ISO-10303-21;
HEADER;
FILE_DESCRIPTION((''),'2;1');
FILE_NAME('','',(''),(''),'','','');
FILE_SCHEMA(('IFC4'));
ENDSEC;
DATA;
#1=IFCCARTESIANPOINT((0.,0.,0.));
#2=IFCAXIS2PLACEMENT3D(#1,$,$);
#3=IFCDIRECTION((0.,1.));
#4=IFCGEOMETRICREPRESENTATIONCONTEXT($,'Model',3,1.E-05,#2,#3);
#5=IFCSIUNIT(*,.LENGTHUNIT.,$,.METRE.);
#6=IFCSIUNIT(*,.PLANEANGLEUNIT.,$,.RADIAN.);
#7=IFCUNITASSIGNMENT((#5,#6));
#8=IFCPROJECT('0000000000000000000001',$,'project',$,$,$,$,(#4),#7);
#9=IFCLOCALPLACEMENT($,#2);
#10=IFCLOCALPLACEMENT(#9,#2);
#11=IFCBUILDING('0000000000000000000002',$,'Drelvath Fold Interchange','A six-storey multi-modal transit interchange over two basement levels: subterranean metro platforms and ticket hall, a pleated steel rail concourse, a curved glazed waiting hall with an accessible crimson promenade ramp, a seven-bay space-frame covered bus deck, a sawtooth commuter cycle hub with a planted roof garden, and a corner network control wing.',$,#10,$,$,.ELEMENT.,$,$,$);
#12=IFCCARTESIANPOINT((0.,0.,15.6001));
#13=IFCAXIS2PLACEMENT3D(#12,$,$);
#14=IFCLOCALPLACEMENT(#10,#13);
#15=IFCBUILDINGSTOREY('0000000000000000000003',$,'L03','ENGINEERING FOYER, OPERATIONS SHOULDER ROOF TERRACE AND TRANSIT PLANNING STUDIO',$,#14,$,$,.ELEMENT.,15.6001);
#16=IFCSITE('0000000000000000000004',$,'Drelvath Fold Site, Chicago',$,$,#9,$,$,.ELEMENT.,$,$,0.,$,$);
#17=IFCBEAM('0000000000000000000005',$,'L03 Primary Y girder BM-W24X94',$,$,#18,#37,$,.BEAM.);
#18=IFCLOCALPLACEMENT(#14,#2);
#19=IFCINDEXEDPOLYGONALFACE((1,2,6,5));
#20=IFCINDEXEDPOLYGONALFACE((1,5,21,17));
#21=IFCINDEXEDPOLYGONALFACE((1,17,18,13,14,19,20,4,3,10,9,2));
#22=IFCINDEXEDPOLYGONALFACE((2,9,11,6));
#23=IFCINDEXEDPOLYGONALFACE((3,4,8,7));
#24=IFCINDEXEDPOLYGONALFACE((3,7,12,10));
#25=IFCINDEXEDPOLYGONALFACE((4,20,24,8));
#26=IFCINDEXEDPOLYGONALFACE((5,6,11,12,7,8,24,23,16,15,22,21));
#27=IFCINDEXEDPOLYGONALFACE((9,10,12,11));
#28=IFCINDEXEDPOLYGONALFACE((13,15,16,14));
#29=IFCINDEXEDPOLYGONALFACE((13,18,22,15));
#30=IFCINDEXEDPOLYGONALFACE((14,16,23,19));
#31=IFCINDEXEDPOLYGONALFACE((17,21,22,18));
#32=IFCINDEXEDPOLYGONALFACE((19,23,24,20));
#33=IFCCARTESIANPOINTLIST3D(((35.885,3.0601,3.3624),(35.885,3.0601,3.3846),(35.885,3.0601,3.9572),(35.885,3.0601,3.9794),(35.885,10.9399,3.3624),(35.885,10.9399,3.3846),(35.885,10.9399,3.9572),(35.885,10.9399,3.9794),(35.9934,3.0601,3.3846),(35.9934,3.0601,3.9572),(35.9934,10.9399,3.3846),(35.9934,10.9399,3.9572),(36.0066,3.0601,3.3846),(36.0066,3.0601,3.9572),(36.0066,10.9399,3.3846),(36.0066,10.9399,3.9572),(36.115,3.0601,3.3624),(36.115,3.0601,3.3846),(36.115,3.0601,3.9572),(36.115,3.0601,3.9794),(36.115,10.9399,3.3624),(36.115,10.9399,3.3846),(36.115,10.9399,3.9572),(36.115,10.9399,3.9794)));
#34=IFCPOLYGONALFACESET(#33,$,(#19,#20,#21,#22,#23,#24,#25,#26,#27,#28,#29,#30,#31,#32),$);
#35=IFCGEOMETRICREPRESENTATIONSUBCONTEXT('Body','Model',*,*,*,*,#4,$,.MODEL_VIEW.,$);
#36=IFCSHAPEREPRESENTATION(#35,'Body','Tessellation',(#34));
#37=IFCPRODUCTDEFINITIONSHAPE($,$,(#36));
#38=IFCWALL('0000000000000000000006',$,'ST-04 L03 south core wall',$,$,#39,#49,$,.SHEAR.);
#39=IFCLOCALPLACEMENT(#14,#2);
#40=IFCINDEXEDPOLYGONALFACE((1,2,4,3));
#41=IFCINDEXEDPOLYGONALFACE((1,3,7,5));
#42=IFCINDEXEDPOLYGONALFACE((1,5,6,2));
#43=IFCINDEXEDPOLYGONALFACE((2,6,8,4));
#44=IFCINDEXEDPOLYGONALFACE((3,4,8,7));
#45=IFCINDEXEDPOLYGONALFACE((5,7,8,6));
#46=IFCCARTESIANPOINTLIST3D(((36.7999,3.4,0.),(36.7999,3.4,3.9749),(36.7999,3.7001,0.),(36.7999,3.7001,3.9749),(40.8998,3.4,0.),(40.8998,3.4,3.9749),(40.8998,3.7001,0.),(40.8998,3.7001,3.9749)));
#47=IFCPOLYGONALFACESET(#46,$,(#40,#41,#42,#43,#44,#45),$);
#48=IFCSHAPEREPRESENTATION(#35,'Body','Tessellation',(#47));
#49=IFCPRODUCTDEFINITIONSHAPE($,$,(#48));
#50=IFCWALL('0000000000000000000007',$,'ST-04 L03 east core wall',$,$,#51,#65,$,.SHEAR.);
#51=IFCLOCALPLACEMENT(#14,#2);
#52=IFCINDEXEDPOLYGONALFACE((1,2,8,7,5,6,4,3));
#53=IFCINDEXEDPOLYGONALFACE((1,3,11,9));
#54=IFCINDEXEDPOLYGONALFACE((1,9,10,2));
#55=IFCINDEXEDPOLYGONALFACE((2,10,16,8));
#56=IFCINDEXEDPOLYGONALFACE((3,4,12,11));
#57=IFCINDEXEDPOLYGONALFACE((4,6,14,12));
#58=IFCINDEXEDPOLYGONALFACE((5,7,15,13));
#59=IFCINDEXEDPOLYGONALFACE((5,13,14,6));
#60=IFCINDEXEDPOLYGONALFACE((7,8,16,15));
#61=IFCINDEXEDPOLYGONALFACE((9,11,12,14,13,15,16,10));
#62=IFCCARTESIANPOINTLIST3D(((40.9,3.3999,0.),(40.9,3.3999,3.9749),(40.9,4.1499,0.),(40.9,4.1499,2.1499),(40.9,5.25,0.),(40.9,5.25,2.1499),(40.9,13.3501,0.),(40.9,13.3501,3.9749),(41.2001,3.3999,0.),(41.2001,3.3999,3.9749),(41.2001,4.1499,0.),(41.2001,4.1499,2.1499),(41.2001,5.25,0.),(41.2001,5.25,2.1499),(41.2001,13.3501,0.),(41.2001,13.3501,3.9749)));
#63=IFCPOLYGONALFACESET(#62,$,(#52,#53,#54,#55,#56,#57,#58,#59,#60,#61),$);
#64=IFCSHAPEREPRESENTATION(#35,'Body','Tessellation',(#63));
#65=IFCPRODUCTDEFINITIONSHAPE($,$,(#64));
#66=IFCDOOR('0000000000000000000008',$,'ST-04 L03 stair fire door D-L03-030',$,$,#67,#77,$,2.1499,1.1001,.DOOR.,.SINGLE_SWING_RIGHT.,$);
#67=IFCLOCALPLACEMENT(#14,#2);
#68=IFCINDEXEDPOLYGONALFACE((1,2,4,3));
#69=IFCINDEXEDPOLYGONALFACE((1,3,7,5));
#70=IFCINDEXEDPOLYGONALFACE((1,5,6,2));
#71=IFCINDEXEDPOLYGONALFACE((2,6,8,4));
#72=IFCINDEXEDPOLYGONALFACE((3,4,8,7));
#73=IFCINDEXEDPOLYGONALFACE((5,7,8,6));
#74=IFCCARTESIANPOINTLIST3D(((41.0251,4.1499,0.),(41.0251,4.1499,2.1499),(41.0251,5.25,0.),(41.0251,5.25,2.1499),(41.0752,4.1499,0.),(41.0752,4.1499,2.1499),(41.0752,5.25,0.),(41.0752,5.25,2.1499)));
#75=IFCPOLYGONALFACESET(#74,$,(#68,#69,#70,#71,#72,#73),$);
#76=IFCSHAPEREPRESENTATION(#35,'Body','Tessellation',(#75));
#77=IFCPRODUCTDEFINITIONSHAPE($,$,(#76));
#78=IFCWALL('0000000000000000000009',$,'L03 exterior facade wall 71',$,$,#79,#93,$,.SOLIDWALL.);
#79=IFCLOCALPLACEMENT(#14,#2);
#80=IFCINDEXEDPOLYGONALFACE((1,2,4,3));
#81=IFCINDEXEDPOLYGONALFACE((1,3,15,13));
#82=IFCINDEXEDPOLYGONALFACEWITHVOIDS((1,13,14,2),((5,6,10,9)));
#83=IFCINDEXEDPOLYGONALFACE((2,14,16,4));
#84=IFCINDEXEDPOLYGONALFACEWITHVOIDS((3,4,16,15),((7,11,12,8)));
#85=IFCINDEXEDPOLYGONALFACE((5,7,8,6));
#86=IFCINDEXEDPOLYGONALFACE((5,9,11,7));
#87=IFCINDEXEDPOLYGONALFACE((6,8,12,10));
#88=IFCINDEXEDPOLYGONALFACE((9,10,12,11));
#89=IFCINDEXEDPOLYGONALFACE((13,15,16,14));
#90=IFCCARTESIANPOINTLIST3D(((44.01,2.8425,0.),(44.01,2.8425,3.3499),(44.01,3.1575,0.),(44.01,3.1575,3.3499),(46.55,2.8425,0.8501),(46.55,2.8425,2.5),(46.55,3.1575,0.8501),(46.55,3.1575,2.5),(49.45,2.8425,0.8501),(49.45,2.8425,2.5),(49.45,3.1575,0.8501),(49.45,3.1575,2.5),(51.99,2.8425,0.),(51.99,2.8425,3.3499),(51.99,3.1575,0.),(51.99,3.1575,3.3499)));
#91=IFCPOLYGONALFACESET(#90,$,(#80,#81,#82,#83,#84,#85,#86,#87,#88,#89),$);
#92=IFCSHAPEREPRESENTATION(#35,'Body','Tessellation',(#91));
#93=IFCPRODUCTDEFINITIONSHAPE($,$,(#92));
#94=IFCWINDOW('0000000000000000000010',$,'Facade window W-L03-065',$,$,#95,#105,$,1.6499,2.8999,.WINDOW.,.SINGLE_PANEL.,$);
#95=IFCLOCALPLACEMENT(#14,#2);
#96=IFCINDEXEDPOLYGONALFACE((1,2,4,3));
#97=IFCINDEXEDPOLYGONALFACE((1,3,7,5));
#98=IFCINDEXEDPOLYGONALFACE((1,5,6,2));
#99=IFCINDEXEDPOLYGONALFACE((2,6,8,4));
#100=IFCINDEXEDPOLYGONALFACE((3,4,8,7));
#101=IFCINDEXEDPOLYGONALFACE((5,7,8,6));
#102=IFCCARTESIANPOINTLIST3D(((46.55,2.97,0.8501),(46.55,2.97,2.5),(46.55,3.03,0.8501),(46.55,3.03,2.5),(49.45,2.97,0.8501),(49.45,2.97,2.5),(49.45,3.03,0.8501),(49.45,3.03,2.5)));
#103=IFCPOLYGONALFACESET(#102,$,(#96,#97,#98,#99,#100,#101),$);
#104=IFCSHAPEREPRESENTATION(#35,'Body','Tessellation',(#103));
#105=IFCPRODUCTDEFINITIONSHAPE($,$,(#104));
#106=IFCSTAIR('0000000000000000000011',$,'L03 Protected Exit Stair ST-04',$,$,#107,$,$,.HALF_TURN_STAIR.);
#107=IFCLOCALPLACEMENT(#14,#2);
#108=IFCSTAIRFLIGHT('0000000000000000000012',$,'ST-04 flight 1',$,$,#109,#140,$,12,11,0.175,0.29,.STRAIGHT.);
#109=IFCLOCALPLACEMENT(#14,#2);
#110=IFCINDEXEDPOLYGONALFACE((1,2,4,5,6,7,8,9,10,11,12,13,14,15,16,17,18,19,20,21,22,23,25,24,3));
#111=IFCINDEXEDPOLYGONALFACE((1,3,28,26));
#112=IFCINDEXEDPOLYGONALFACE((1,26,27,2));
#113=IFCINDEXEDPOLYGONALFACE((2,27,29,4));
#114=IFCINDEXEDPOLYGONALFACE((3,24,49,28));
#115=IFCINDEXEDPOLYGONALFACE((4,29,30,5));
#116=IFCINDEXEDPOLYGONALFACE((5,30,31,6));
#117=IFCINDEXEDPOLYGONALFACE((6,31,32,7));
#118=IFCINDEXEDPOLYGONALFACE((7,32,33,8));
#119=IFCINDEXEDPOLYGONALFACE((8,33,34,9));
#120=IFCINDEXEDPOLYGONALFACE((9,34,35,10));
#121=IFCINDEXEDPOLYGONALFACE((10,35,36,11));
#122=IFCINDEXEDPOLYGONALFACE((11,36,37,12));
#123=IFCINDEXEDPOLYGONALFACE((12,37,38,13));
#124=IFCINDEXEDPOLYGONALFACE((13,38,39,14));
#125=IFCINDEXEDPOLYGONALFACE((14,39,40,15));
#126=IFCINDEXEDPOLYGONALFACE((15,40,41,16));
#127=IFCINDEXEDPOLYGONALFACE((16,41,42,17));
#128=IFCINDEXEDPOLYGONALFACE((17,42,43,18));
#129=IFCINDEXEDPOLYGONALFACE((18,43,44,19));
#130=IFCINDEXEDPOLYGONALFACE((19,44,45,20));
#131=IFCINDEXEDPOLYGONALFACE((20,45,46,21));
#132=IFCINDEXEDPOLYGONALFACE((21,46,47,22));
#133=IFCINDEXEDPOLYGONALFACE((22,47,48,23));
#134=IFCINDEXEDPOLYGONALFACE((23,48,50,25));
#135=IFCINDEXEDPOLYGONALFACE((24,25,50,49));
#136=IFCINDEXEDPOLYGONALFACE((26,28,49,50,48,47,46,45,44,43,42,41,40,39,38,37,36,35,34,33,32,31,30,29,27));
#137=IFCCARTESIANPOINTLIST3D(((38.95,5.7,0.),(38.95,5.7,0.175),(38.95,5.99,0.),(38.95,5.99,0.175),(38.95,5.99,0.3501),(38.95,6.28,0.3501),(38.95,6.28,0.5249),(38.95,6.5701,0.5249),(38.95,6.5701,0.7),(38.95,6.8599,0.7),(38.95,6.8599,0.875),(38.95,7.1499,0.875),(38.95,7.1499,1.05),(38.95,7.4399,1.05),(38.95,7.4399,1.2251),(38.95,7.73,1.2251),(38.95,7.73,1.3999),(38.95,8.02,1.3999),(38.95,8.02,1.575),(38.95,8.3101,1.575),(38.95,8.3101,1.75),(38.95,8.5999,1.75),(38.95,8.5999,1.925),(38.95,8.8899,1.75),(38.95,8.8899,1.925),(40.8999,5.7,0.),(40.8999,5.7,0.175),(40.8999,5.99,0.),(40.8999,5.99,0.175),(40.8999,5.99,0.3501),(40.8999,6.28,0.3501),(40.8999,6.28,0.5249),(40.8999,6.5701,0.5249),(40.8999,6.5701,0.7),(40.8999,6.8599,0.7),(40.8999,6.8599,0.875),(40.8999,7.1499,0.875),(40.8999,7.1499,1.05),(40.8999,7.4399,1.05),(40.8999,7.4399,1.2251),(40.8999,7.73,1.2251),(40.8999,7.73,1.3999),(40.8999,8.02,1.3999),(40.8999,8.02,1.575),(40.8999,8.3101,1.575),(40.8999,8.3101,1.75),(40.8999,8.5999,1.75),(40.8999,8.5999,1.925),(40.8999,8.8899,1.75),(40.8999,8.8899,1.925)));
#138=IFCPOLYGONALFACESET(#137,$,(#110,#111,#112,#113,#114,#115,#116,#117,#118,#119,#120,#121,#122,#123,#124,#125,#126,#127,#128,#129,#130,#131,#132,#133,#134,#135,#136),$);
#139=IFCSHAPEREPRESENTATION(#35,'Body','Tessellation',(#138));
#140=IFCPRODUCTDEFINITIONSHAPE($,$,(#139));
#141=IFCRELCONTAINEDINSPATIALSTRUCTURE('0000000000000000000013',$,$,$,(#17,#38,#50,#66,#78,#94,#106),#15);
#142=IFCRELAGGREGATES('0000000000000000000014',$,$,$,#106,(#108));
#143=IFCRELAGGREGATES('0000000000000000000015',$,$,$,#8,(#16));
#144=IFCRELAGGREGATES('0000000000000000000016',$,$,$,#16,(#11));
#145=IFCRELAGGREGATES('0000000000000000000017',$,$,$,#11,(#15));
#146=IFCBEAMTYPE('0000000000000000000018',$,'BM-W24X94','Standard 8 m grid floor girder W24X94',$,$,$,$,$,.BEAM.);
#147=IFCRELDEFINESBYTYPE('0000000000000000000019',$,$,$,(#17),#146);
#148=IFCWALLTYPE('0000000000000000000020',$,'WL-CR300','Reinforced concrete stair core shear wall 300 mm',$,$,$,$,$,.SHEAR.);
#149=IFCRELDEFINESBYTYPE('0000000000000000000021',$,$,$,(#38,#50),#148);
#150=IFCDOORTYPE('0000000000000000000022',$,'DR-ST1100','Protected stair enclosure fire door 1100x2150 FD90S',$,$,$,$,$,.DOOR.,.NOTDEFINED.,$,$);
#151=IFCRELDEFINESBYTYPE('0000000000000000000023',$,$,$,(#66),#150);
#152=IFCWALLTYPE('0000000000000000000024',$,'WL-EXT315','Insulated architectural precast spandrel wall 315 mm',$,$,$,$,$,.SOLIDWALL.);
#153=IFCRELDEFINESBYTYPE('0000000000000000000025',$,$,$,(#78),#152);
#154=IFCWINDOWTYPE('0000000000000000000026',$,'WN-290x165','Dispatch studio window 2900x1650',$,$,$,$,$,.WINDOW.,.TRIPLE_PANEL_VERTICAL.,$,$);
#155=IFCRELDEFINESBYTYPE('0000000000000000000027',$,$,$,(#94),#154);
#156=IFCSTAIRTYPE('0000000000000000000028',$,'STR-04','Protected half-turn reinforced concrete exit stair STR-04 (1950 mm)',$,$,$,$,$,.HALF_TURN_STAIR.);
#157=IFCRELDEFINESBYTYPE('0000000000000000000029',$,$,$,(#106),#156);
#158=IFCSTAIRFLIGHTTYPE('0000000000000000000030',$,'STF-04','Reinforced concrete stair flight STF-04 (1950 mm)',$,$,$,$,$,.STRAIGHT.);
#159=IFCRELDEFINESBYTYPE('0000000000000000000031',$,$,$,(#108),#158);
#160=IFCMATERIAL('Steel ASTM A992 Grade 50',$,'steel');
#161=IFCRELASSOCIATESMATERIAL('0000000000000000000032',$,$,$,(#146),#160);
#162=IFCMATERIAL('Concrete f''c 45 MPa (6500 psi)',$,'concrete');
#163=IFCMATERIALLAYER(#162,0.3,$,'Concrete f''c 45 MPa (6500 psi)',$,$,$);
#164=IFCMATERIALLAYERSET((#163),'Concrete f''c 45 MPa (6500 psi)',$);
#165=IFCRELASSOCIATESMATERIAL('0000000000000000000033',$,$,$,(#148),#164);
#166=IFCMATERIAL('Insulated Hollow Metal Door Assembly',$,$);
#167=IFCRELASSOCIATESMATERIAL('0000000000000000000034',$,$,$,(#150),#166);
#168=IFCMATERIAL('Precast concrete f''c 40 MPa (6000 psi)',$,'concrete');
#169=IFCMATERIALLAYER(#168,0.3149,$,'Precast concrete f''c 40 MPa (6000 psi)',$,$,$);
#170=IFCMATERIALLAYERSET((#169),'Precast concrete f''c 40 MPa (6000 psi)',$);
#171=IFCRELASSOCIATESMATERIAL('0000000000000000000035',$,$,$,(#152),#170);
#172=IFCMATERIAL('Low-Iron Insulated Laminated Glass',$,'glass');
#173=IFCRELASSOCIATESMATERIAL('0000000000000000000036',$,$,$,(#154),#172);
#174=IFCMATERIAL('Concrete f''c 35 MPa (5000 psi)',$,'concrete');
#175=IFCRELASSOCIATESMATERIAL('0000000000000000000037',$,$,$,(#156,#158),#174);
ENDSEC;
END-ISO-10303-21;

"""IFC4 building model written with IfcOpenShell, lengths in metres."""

from ifc_helpers import new_model, si_unit, direction, frame, frame_2d, origin, origin_2d, place, context, subcontext, project, spatial, polyline, rectangle, i_section, outline, extrude, material, layer, layer_set, material_profile, profile_set, type_object, element, fill, aggregate, save


model = new_model("IFC4")

# Units and contexts
model_context = context("Model", 3, precision=1e-05, world=origin(), true_north=direction((0.0, 1.0)))
body_context = subcontext(model_context, "Body", "Model", "MODEL_VIEW")
ifc_project = project(units=[si_unit("LENGTHUNIT", "METRE"), si_unit("PLANEANGLEUNIT", "RADIAN")], contexts=[model_context])

# Site, building, storey
site_placement = place(None, origin())
site = spatial("IfcSite", under=ifc_project, at=site_placement, Name="Drelvath Fold Site, Chicago", CompositionType="ELEMENT", RefElevation=0.0)
building_placement = place(site_placement, origin())
building = spatial("IfcBuilding", under=site, at=building_placement, Name="Drelvath Fold Interchange", Description="A six-storey multi-modal transit interchange over two basement levels: subterranean metro platforms and ticket hall, a pleated steel rail concourse, a curved glazed waiting hall with an accessible crimson promenade ramp, a seven-bay space-frame covered bus deck, a sawtooth commuter cycle hub with a planted roof garden, and a corner network control wing.", CompositionType="ELEMENT")
storey_placement = place(building_placement, frame((0.0, 0.0, 15.6001)))
storey = spatial("IfcBuildingStorey", under=building, at=storey_placement, Name="L03", Description="ENGINEERING FOYER, OPERATIONS SHOULDER ROOF TERRACE AND TRANSIT PLANNING STUDIO", CompositionType="ELEMENT", Elevation=15.6001)

# Shared definitions
ifc_material_1 = material(Name="Steel ASTM A992 Grade 50", Category="steel")

# Beam
ifc_material_profile_1 = material_profile(ifc_material_1, i_section(OverallWidth=0.23, OverallDepth=0.6169, WebThickness=0.0132, FlangeThickness=0.0222, at=origin_2d()), Name="W24X94")
ifc_profile_set_1 = profile_set([ifc_material_profile_1], Name="Steel ASTM A992 Grade 50")
beam_type_1 = type_object("IfcBeamType", Name="BM-W24X94", Description="Standard 8 m grid floor girder W24X94", PredefinedType="BEAM", material=ifc_profile_set_1)
beam_placement = place(storey_placement, frame((36.0, 3.0601, 3.6709), z_axis=(0.0, 1.0, 0.0), x_axis=(-1.0, 0.0, 0.0)))
element("IfcBeam", 1, at=beam_placement, inside=storey, type_object=beam_type_1, Name="L03 Primary Y girder BM-W24X94", PredefinedType="BEAM", context=body_context, shape_type="SweptSolid", body=[
    extrude(i_section(OverallWidth=0.23, OverallDepth=0.6169, WebThickness=0.0132, FlangeThickness=0.0222, at=origin_2d()), origin(), (0.0, 0.0, 1.0), 7.8799),
])

# Wall
ifc_material_2 = material(Name="Concrete f'c 45 MPa (6500 psi)", Category="concrete")
ifc_layer_1 = layer(ifc_material_2, 0.3, Name="Concrete f'c 45 MPa (6500 psi)")
ifc_layer_set_1 = layer_set([ifc_layer_1], Name="Concrete f'c 45 MPa (6500 psi)")
wall_type_1 = type_object("IfcWallType", Name="WL-CR300", Description="Reinforced concrete stair core shear wall 300 mm", PredefinedType="SHEAR", material=ifc_layer_set_1)
wall_1_placement = place(storey_placement, frame((36.8, 3.55, 0.0), z_axis=(0.0, 0.0, 1.0), x_axis=(1.0, 0.0, 0.0)))
element("IfcWall", 2, at=wall_1_placement, inside=storey, type_object=wall_type_1, Name="ST-04 L03 south core wall", PredefinedType="SHEAR", context=body_context, shape_type="SweptSolid", body=[
    extrude(rectangle(XDim=4.0999, YDim=0.3, at=frame_2d((2.0498, 0.0))), origin(), (0.0, 0.0, 1.0), 3.9749),
])

# Wall, opening, door
wall_2_placement = place(storey_placement, frame((41.05, 3.3999, 0.0), z_axis=(0.0, 0.0, 1.0), x_axis=(0.0, 1.0, 0.0)))
wall_2 = element("IfcWall", 3, at=wall_2_placement, inside=storey, type_object=wall_type_1, Name="ST-04 L03 east core wall", PredefinedType="SHEAR", context=body_context, shape_type="SweptSolid", body=[
    extrude(rectangle(XDim=9.9502, YDim=0.3, at=frame_2d((4.9751, 0.0))), origin(), (0.0, 0.0, 1.0), 3.9749),
])
opening_1_placement = place(wall_2_placement, frame((0.75, 0.0, 0.0)))
opening_1 = element("IfcOpeningElement", 4, at=opening_1_placement, cuts=wall_2, PredefinedType="OPENING", context=body_context, shape_type="SweptSolid", body=[
    extrude(rectangle(XDim=1.1001, YDim=2.1499, at=frame_2d((0.55, 1.075))), frame((0.0, 0.1599, 0.0), z_axis=(0.0, -1.0, 0.0), x_axis=(1.0, 0.0, 0.0)), (0.0, 0.0, 1.0), 0.3201),
])
ifc_material_3 = material(Name="Insulated Hollow Metal Door Assembly")
door_type = type_object("IfcDoorType", Name="DR-ST1100", Description="Protected stair enclosure fire door 1100x2150 FD90S", OperationType="NOTDEFINED", PredefinedType="DOOR", material=ifc_material_3)
door_placement = place(opening_1_placement, origin())
door = element("IfcDoor", 5, at=door_placement, inside=storey, type_object=door_type, Name="ST-04 L03 stair fire door D-L03-030", OperationType="SINGLE_SWING_RIGHT", OverallHeight=2.1499, OverallWidth=1.1001, PredefinedType="DOOR", context=body_context, shape_type="SweptSolid", body=[
    extrude(rectangle(XDim=1.1001, YDim=2.1499, at=frame_2d((0.55, 1.075))), frame((0.0, 0.0249, 0.0), z_axis=(0.0, -1.0, 0.0), x_axis=(1.0, 0.0, 0.0)), (0.0, 0.0, 1.0), 0.05),
])
fill(opening_1, door)

# Wall, opening, window
ifc_material_4 = material(Name="Precast concrete f'c 40 MPa (6000 psi)", Category="concrete")
ifc_layer_2 = layer(ifc_material_4, 0.3149, Name="Precast concrete f'c 40 MPa (6000 psi)")
ifc_layer_set_2 = layer_set([ifc_layer_2], Name="Precast concrete f'c 40 MPa (6000 psi)")
wall_type_2 = type_object("IfcWallType", Name="WL-EXT315", Description="Insulated architectural precast spandrel wall 315 mm", PredefinedType="SOLIDWALL", material=ifc_layer_set_2)
wall_3_placement = place(storey_placement, frame((44.01, 3.0, 0.0), z_axis=(0.0, 0.0, 1.0), x_axis=(1.0, 0.0, 0.0)))
wall_3 = element("IfcWall", 6, at=wall_3_placement, inside=storey, type_object=wall_type_2, Name="L03 exterior facade wall 71", PredefinedType="SOLIDWALL", context=body_context, shape_type="SweptSolid", body=[
    extrude(rectangle(XDim=7.98, YDim=0.3149, at=frame_2d((3.99, 0.0))), origin(), (0.0, 0.0, 1.0), 3.3499),
])
opening_2_placement = place(wall_3_placement, frame((2.54, 0.0, 0.8501)))
opening_2 = element("IfcOpeningElement", 7, at=opening_2_placement, cuts=wall_3, PredefinedType="OPENING", context=body_context, shape_type="SweptSolid", body=[
    extrude(rectangle(XDim=2.8999, YDim=1.6499, at=frame_2d((1.45, 0.825))), frame((0.0, 0.1675, 0.0), z_axis=(0.0, -1.0, 0.0), x_axis=(1.0, 0.0, 0.0)), (0.0, 0.0, 1.0), 0.335),
])
ifc_material_5 = material(Name="Low-Iron Insulated Laminated Glass", Category="glass")
window_type = type_object("IfcWindowType", Name="WN-290x165", Description="Dispatch studio window 2900x1650", PartitioningType="TRIPLE_PANEL_VERTICAL", PredefinedType="WINDOW", material=ifc_material_5)
window_placement = place(opening_2_placement, origin())
window = element("IfcWindow", 8, at=window_placement, inside=storey, type_object=window_type, Name="Facade window W-L03-065", OverallHeight=1.6499, OverallWidth=2.8999, PartitioningType="SINGLE_PANEL", PredefinedType="WINDOW", context=body_context, shape_type="SweptSolid", body=[
    extrude(rectangle(XDim=2.8999, YDim=1.6499, at=frame_2d((1.45, 0.825))), frame((0.0, 0.03, 0.0), z_axis=(0.0, -1.0, 0.0), x_axis=(1.0, 0.0, 0.0)), (0.0, 0.0, 1.0), 0.0601),
])
fill(opening_2, window)

# Stair, stair flight
ifc_material_6 = material(Name="Concrete f'c 35 MPa (5000 psi)", Category="concrete")
stair_type = type_object("IfcStairType", Name="STR-04", Description="Protected half-turn reinforced concrete exit stair STR-04 (1950 mm)", PredefinedType="HALF_TURN_STAIR", material=ifc_material_6)
stair_placement = place(storey_placement, origin())
stair = element("IfcStair", 9, at=stair_placement, inside=storey, type_object=stair_type, Name="L03 Protected Exit Stair ST-04", PredefinedType="HALF_TURN_STAIR")
stair_flight_type = type_object("IfcStairFlightType", Name="STF-04", Description="Reinforced concrete stair flight STF-04 (1950 mm)", PredefinedType="STRAIGHT", material=ifc_material_6)
stair_flight_placement = place(storey_placement, frame((39.925, 5.7, 0.0), z_axis=(0.0, 0.0, 1.0), x_axis=(0.0, 1.0, 0.0)))
stair_flight = element("IfcStairFlight", 10, at=stair_flight_placement, type_object=stair_flight_type, Name="ST-04 flight 1", NumberOfRisers=12, NumberOfTreads=11, PredefinedType="STRAIGHT", RiserHeight=0.175, TreadLength=0.29, context=body_context, shape_type="SweptSolid", body=[
    extrude(outline(polyline([(0.0, 0.0), (0.0, 0.175), (0.29, 0.175), (0.29, 0.3501), (0.5801, 0.3501), (0.5801, 0.5249), (0.8701, 0.5249), (0.8701, 0.7), (1.1599, 0.7), (1.1599, 0.875), (1.45, 0.875), (1.45, 1.05), (1.74, 1.05), (1.74, 1.2251), (2.03, 1.2251), (2.03, 1.3999), (2.3201, 1.3999), (2.3201, 1.575), (2.6101, 1.575), (2.6101, 1.75), (2.8999, 1.75), (2.8999, 1.925), (3.1899, 1.925), (3.1899, 2.1001), (3.1899, 1.75), (0.29, 0.0), (0.0, 0.0)])), frame((0.0, 0.9751, 0.0), z_axis=(0.0, -1.0, 0.0), x_axis=(1.0, 0.0, 0.0)), (0.0, 0.0, 1.0), 1.95),
])
aggregate(stair, [stair_flight])

save(model, "model.ifc")
